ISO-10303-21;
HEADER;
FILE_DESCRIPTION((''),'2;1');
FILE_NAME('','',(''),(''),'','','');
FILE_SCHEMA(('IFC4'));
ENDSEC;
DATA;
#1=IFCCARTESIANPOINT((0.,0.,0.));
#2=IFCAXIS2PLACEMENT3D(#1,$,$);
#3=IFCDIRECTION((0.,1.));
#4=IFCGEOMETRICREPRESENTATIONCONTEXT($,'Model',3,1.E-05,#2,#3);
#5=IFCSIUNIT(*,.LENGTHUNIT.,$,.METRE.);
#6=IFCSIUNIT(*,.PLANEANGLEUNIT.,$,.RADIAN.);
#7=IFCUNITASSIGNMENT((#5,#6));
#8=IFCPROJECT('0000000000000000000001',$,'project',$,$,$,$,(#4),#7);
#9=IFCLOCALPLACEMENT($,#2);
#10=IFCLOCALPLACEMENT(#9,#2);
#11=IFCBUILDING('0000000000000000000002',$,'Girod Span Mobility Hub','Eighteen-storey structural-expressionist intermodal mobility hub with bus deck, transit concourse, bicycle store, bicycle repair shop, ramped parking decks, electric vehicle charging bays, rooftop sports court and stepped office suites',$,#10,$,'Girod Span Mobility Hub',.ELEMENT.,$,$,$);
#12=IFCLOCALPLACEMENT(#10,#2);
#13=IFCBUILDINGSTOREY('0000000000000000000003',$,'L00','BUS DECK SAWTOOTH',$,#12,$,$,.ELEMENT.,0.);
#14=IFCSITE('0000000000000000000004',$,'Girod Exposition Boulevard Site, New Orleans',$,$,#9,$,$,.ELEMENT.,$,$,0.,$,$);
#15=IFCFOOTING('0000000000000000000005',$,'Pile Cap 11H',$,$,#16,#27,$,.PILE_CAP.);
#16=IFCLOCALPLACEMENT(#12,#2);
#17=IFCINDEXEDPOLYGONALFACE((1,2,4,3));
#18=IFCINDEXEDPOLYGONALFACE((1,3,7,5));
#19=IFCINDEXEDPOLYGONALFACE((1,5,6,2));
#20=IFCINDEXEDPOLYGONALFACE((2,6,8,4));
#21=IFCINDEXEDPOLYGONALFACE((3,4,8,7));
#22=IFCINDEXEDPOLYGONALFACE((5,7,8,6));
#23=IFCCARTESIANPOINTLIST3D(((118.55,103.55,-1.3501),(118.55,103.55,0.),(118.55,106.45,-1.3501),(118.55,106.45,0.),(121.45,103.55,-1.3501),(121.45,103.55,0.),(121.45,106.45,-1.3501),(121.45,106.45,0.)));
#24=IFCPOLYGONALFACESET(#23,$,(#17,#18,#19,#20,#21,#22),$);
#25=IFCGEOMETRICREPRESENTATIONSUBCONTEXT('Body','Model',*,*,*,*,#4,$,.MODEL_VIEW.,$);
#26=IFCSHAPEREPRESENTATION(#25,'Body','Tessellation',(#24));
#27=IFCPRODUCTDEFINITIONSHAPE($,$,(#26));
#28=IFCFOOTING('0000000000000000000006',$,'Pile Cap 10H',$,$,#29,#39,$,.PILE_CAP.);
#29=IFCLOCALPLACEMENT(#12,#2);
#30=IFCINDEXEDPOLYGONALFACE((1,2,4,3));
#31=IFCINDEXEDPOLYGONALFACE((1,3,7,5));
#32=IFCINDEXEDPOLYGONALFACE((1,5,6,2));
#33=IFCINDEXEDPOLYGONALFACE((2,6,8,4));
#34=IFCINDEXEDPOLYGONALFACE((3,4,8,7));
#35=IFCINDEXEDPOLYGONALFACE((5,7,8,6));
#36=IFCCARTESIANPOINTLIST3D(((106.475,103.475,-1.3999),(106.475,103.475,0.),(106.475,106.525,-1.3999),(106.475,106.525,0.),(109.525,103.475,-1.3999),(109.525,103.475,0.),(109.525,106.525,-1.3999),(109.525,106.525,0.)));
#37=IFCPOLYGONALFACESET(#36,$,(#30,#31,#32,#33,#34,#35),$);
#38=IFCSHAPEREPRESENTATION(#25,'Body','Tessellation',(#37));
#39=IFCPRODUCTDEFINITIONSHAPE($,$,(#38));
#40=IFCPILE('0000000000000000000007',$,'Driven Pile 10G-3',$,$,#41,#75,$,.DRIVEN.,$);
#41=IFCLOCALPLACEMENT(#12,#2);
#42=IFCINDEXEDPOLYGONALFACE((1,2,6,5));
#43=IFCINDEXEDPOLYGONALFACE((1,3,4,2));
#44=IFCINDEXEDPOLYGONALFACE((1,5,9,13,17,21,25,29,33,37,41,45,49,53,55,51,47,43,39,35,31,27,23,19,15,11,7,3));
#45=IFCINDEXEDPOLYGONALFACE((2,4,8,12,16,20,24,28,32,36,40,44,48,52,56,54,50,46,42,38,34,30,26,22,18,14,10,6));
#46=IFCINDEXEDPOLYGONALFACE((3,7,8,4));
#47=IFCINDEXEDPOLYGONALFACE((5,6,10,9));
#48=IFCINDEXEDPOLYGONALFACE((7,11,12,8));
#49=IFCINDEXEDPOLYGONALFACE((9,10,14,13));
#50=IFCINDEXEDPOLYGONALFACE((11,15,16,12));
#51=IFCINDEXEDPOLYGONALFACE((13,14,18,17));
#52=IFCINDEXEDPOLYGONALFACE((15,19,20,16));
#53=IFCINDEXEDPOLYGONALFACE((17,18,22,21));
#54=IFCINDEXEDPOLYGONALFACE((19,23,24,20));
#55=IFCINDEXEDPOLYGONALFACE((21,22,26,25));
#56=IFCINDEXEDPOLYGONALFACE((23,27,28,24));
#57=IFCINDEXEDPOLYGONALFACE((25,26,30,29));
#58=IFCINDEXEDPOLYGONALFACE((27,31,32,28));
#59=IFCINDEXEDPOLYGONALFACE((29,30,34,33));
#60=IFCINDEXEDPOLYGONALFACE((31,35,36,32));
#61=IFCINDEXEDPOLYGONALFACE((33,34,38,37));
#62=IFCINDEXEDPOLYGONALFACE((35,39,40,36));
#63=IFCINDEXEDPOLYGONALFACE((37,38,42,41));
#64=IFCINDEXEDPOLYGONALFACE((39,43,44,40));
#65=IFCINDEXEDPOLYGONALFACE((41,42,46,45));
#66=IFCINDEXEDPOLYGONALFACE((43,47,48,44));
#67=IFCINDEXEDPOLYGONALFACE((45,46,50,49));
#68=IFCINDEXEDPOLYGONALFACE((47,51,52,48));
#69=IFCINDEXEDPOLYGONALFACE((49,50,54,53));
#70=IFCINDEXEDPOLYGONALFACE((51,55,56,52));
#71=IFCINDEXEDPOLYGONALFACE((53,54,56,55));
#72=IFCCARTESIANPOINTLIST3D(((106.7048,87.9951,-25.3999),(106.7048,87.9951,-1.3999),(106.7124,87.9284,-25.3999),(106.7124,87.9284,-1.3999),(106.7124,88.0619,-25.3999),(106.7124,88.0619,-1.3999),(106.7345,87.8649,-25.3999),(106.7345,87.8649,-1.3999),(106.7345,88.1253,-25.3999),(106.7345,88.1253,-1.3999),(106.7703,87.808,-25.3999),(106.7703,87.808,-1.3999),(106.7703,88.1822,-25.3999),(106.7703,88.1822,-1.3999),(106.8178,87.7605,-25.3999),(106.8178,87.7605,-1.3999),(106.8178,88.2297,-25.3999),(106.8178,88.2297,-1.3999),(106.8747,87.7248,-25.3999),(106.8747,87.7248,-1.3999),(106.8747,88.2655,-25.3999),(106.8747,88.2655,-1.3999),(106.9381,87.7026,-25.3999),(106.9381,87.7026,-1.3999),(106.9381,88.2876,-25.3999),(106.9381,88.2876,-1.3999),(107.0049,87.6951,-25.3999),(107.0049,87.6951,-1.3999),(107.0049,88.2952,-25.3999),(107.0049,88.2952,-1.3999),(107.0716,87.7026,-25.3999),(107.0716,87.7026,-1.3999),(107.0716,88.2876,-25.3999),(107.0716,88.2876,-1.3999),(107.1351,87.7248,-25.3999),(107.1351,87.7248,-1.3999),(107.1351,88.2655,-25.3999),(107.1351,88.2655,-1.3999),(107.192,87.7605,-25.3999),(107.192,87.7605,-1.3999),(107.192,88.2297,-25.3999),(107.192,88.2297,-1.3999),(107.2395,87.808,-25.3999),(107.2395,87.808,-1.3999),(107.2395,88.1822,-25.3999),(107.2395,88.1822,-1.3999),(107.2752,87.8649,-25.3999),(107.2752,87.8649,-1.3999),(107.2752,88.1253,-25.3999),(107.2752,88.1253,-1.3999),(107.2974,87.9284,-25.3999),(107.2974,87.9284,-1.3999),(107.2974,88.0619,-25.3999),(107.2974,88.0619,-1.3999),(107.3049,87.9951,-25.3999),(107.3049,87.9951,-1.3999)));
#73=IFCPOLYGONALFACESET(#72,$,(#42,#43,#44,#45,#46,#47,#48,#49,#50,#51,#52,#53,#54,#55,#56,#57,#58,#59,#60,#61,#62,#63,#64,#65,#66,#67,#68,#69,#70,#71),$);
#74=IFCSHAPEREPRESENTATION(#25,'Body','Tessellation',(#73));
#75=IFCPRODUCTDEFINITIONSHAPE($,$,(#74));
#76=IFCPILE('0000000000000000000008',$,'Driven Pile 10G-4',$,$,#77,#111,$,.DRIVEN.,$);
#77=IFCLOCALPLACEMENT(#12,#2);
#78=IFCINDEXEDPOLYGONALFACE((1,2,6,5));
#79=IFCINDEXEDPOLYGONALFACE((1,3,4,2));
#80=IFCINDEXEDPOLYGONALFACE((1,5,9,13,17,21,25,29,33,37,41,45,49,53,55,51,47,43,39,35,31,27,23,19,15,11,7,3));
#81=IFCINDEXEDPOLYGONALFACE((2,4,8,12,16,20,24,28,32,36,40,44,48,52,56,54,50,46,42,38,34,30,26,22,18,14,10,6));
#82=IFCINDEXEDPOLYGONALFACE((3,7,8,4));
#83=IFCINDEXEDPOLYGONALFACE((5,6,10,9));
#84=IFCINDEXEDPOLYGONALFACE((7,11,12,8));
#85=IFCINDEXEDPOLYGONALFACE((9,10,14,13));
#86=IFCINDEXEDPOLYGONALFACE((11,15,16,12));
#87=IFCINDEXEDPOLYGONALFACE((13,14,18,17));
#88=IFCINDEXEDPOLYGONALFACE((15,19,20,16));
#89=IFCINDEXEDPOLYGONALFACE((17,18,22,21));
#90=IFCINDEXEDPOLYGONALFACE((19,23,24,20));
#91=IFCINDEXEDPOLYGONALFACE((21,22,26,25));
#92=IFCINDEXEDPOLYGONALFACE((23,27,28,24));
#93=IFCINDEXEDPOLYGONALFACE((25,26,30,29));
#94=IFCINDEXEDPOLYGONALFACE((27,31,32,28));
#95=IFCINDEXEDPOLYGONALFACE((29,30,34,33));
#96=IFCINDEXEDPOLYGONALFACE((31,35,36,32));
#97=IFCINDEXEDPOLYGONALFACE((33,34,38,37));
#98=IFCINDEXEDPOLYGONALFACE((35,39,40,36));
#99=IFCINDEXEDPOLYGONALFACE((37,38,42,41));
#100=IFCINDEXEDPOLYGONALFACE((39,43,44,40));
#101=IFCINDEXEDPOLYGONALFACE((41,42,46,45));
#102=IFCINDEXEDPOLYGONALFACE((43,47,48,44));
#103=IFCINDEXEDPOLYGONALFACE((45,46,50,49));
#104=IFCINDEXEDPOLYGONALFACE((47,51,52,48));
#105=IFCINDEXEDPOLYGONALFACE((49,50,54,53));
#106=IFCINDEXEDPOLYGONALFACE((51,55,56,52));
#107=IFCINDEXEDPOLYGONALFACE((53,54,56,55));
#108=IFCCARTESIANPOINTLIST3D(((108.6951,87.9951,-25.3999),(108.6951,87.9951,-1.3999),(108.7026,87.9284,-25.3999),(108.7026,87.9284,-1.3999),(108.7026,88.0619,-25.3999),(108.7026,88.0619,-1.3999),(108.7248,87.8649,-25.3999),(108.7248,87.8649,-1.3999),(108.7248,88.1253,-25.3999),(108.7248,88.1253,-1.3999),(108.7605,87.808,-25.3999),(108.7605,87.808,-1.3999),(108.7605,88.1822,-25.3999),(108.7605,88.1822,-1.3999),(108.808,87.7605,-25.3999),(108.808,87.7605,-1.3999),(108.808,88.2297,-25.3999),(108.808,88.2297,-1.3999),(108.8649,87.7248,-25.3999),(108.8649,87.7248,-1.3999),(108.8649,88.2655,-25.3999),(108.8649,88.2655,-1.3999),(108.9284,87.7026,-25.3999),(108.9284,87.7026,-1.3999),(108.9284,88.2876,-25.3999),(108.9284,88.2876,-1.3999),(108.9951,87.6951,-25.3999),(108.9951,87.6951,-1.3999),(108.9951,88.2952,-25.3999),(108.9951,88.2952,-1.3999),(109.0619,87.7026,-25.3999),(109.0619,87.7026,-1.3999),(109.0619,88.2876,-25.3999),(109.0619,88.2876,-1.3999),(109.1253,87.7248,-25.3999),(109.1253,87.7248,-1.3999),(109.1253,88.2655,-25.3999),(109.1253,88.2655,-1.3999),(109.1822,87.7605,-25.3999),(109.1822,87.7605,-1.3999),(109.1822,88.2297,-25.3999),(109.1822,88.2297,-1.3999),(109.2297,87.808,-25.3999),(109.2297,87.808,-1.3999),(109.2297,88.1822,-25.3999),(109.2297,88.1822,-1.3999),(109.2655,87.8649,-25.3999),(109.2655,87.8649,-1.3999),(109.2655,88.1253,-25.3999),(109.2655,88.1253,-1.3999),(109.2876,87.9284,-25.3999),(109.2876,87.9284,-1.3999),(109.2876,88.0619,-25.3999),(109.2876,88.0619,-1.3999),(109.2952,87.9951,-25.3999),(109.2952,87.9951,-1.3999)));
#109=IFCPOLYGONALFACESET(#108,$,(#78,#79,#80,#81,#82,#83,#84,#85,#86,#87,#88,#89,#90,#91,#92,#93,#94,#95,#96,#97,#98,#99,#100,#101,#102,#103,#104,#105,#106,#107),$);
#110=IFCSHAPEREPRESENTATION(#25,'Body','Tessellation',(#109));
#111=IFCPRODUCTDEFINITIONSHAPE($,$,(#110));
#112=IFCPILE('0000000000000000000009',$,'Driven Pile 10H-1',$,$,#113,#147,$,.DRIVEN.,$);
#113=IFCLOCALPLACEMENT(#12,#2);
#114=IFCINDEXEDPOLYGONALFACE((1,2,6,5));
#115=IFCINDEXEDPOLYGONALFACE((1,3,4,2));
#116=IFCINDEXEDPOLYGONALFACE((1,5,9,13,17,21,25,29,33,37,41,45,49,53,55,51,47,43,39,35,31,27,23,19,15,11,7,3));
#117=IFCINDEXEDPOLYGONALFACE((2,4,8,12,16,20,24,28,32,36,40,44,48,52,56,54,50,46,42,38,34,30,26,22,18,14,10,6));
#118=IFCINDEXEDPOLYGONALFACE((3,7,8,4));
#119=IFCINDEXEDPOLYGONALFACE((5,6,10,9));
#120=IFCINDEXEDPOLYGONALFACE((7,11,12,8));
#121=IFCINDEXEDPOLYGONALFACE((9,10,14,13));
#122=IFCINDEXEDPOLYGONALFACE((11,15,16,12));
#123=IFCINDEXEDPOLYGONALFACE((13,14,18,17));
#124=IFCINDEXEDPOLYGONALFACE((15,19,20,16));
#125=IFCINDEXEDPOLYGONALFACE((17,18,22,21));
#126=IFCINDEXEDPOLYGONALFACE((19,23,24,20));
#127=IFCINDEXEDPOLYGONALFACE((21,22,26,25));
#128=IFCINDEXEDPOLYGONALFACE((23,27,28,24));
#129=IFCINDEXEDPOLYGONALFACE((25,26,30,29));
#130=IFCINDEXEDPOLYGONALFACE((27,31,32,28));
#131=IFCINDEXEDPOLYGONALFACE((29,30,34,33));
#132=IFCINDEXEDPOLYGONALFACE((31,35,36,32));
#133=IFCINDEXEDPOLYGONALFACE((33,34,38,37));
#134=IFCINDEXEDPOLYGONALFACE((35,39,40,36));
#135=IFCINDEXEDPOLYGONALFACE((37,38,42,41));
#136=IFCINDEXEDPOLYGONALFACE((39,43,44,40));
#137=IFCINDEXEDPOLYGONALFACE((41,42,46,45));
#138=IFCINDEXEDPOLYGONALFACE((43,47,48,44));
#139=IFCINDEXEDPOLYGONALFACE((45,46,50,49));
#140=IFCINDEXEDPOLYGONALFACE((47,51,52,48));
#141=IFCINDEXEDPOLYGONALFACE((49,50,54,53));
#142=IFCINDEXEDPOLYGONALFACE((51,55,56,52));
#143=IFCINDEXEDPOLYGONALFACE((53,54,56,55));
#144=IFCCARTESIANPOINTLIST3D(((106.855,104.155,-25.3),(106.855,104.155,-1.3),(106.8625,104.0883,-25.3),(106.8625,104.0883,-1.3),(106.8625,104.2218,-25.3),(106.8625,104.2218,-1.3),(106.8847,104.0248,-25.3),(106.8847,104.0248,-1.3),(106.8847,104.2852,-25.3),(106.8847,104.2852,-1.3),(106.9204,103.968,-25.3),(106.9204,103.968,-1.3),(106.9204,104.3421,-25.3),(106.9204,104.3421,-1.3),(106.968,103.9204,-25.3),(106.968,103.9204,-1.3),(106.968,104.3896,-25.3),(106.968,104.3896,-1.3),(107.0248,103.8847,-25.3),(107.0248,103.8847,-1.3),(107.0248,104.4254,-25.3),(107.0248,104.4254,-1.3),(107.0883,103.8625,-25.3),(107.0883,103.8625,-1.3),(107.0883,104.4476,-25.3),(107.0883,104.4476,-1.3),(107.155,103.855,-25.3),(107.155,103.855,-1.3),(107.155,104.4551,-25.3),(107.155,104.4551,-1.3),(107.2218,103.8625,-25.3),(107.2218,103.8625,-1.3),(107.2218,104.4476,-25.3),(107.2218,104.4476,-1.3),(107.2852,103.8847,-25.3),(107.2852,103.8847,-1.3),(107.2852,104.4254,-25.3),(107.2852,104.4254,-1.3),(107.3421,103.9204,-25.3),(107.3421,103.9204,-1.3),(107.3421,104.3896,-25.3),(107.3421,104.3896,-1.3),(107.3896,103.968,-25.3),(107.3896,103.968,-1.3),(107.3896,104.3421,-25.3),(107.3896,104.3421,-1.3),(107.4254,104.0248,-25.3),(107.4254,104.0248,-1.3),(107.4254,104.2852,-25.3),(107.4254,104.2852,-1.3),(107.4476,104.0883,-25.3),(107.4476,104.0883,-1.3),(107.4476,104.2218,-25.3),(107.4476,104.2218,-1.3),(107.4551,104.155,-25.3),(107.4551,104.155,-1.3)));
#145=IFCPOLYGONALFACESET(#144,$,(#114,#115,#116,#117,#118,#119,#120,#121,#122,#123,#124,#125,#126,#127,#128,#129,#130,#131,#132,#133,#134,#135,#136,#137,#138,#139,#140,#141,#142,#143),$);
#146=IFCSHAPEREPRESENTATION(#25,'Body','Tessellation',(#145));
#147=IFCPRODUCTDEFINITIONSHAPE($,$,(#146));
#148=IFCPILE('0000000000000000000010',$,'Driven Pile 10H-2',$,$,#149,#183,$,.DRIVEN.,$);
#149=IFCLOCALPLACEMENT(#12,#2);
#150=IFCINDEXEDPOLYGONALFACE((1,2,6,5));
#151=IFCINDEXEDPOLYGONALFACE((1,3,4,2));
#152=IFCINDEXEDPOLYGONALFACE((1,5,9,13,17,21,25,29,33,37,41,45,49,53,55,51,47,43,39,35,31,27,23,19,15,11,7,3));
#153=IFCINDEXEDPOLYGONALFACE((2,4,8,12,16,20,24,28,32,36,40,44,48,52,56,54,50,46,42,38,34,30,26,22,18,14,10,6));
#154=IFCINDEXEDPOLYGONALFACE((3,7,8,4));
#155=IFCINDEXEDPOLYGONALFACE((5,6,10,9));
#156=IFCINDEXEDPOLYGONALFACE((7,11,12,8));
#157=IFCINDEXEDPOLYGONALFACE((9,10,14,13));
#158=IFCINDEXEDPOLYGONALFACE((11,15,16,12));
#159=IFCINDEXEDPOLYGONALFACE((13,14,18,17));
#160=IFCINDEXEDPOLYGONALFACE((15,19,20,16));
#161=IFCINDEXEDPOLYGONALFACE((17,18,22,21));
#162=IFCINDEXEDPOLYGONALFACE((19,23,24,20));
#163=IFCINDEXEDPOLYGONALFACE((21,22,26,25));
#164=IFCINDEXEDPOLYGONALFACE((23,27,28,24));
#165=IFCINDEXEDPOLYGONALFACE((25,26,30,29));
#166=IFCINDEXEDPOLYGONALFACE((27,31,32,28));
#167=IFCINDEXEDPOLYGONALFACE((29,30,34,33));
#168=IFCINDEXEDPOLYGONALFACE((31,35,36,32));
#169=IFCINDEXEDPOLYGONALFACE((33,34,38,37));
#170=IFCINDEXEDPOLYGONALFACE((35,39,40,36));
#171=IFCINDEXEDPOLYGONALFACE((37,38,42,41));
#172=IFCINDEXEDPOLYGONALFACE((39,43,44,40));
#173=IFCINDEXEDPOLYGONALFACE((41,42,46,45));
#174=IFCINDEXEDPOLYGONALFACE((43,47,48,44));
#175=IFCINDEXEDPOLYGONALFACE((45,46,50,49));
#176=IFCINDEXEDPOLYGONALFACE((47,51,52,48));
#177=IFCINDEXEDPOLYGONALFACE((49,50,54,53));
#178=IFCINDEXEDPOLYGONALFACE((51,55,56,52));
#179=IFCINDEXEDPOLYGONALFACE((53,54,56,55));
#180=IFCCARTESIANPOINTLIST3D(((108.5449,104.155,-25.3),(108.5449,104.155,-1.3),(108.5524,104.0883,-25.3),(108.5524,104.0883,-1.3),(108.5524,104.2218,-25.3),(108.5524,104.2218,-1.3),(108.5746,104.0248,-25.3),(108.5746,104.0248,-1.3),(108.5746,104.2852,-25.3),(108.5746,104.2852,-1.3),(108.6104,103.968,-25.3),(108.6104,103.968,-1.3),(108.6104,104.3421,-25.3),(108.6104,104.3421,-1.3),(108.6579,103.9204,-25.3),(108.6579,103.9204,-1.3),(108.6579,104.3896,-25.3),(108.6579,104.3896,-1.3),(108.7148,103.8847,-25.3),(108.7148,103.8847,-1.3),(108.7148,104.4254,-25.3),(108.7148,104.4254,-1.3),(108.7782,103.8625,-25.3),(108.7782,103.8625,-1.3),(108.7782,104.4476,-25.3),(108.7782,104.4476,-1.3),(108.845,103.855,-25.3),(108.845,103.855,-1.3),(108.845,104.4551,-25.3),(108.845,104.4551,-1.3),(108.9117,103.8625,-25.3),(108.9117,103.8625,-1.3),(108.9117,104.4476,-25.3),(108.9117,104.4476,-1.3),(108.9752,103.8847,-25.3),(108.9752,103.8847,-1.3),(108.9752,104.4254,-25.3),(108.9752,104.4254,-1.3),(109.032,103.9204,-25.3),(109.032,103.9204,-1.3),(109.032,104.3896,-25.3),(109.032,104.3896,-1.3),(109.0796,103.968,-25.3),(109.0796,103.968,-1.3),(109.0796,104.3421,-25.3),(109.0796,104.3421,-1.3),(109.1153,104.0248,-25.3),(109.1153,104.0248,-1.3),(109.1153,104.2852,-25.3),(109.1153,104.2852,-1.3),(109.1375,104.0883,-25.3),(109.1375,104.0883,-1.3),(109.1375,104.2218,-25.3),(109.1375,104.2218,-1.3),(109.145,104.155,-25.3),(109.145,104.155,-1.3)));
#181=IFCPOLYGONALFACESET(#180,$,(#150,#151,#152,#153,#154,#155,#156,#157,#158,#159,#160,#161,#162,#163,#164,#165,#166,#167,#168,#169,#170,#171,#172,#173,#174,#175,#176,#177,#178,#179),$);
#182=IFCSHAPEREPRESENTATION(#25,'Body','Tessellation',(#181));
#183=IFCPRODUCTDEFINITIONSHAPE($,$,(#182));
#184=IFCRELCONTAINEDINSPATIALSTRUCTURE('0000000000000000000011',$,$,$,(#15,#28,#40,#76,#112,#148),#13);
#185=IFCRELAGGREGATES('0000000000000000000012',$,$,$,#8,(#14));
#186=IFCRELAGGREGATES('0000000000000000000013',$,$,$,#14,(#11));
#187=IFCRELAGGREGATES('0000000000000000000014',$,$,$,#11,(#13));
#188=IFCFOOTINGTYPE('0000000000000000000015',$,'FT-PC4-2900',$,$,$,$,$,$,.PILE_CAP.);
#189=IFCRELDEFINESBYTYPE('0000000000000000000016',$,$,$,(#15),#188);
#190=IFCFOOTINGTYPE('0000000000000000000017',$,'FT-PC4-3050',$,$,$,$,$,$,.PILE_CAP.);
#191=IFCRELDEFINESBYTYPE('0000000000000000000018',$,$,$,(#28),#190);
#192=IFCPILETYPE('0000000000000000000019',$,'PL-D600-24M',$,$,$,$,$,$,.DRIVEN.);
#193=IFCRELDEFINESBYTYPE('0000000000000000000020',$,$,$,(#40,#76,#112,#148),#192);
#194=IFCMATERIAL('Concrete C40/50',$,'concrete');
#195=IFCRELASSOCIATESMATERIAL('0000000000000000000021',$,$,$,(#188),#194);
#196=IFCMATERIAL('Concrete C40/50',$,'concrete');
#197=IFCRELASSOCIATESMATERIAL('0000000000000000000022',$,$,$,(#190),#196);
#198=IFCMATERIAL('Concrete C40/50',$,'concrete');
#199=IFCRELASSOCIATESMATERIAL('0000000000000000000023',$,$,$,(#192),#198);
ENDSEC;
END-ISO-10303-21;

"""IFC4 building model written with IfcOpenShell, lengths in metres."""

from ifc_helpers import new_model, si_unit, direction, frame, origin, origin_2d, place, context, subcontext, project, spatial, rectangle, circle, extrude, material, material_profile, profile_set, type_object, element, save


model = new_model("IFC4")

# Units and contexts
model_context = context("Model", 3, precision=1e-05, world=origin(), true_north=direction((0.0, 1.0)))
body_context = subcontext(model_context, "Body", "Model", "MODEL_VIEW")
ifc_project = project(units=[si_unit("LENGTHUNIT", "METRE"), si_unit("PLANEANGLEUNIT", "RADIAN")], contexts=[model_context])

# Site, building, storey
site_placement = place(None, origin())
site = spatial("IfcSite", under=ifc_project, at=site_placement, Name="Girod Exposition Boulevard Site, New Orleans", CompositionType="ELEMENT", RefElevation=0.0)
building_placement = place(site_placement, origin())
building = spatial("IfcBuilding", under=site, at=building_placement, Name="Girod Span Mobility Hub", Description="Eighteen-storey structural-expressionist intermodal mobility hub with bus deck, transit concourse, bicycle store, bicycle repair shop, ramped parking decks, electric vehicle charging bays, rooftop sports court and stepped office suites", LongName="Girod Span Mobility Hub", CompositionType="ELEMENT")
storey_placement = place(building_placement, origin())
storey = spatial("IfcBuildingStorey", under=building, at=storey_placement, Name="L00", Description="BUS DECK SAWTOOTH", CompositionType="ELEMENT", Elevation=0.0)

# Footings
ifc_material_1 = material(Name="Concrete C40/50", Category="concrete")
footing_type_1 = type_object("IfcFootingType", Name="FT-PC4-2900", PredefinedType="PILE_CAP", material=ifc_material_1)
footing_1_placement = place(storey_placement, frame((120.0, 105.0, -1.3501), z_axis=(0.0, 0.0, 1.0), x_axis=(1.0, 0.0, 0.0)))
element("IfcFooting", 1, at=footing_1_placement, inside=storey, type_object=footing_type_1, Name="Pile Cap 11H", PredefinedType="PILE_CAP", context=body_context, shape_type="SweptSolid", body=[
    extrude(rectangle(XDim=2.8999, YDim=2.8999, at=origin_2d()), origin(), (0.0, 0.0, 1.0), 1.3501),
])
ifc_material_2 = material(Name="Concrete C40/50", Category="concrete")
footing_type_2 = type_object("IfcFootingType", Name="FT-PC4-3050", PredefinedType="PILE_CAP", material=ifc_material_2)
footing_2_placement = place(storey_placement, frame((108.0, 105.0, -1.3999), z_axis=(0.0, 0.0, 1.0), x_axis=(1.0, 0.0, 0.0)))
element("IfcFooting", 2, at=footing_2_placement, inside=storey, type_object=footing_type_2, Name="Pile Cap 10H", PredefinedType="PILE_CAP", context=body_context, shape_type="SweptSolid", body=[
    extrude(rectangle(XDim=3.05, YDim=3.05, at=origin_2d()), origin(), (0.0, 0.0, 1.0), 1.3999),
])

# Piles
ifc_material_3 = material(Name="Concrete C40/50", Category="concrete")
ifc_material_profile_1 = material_profile(ifc_material_3, circle(Radius=0.3, at=origin_2d()), Name="PILE-D600")
ifc_profile_set_1 = profile_set([ifc_material_profile_1], Name="Concrete C40/50")
pile_type = type_object("IfcPileType", Name="PL-D600-24M", PredefinedType="DRIVEN", material=ifc_profile_set_1)
for number, where, z_axis, x_axis, name in (
    (3, (107.0049, 87.9951, -1.3999), (0.0, 0.0, -1.0), (1.0, 0.0, 0.0), "Driven Pile 10G-3"),
    (4, (108.9951, 87.9951, -1.3999), (0.0, 0.0, -1.0), (1.0, 0.0, 0.0), "Driven Pile 10G-4"),
    (5, (107.155, 104.155, -1.3), (0.0, 0.0, -1.0), (1.0, 0.0, 0.0), "Driven Pile 10H-1"),
    (6, (108.845, 104.155, -1.3), (0.0, 0.0, -1.0), (1.0, 0.0, 0.0), "Driven Pile 10H-2"),
):
    element("IfcPile", number, at=place(storey_placement, frame(where, z_axis=z_axis, x_axis=x_axis)), inside=storey, type_object=pile_type, Name=name, PredefinedType="DRIVEN", context=body_context, shape_type="SweptSolid", body=[
        extrude(circle(Radius=0.3, at=origin_2d()), origin(), (0.0, 0.0, 1.0), 24.0),
    ])

save(model, "model.ifc")
